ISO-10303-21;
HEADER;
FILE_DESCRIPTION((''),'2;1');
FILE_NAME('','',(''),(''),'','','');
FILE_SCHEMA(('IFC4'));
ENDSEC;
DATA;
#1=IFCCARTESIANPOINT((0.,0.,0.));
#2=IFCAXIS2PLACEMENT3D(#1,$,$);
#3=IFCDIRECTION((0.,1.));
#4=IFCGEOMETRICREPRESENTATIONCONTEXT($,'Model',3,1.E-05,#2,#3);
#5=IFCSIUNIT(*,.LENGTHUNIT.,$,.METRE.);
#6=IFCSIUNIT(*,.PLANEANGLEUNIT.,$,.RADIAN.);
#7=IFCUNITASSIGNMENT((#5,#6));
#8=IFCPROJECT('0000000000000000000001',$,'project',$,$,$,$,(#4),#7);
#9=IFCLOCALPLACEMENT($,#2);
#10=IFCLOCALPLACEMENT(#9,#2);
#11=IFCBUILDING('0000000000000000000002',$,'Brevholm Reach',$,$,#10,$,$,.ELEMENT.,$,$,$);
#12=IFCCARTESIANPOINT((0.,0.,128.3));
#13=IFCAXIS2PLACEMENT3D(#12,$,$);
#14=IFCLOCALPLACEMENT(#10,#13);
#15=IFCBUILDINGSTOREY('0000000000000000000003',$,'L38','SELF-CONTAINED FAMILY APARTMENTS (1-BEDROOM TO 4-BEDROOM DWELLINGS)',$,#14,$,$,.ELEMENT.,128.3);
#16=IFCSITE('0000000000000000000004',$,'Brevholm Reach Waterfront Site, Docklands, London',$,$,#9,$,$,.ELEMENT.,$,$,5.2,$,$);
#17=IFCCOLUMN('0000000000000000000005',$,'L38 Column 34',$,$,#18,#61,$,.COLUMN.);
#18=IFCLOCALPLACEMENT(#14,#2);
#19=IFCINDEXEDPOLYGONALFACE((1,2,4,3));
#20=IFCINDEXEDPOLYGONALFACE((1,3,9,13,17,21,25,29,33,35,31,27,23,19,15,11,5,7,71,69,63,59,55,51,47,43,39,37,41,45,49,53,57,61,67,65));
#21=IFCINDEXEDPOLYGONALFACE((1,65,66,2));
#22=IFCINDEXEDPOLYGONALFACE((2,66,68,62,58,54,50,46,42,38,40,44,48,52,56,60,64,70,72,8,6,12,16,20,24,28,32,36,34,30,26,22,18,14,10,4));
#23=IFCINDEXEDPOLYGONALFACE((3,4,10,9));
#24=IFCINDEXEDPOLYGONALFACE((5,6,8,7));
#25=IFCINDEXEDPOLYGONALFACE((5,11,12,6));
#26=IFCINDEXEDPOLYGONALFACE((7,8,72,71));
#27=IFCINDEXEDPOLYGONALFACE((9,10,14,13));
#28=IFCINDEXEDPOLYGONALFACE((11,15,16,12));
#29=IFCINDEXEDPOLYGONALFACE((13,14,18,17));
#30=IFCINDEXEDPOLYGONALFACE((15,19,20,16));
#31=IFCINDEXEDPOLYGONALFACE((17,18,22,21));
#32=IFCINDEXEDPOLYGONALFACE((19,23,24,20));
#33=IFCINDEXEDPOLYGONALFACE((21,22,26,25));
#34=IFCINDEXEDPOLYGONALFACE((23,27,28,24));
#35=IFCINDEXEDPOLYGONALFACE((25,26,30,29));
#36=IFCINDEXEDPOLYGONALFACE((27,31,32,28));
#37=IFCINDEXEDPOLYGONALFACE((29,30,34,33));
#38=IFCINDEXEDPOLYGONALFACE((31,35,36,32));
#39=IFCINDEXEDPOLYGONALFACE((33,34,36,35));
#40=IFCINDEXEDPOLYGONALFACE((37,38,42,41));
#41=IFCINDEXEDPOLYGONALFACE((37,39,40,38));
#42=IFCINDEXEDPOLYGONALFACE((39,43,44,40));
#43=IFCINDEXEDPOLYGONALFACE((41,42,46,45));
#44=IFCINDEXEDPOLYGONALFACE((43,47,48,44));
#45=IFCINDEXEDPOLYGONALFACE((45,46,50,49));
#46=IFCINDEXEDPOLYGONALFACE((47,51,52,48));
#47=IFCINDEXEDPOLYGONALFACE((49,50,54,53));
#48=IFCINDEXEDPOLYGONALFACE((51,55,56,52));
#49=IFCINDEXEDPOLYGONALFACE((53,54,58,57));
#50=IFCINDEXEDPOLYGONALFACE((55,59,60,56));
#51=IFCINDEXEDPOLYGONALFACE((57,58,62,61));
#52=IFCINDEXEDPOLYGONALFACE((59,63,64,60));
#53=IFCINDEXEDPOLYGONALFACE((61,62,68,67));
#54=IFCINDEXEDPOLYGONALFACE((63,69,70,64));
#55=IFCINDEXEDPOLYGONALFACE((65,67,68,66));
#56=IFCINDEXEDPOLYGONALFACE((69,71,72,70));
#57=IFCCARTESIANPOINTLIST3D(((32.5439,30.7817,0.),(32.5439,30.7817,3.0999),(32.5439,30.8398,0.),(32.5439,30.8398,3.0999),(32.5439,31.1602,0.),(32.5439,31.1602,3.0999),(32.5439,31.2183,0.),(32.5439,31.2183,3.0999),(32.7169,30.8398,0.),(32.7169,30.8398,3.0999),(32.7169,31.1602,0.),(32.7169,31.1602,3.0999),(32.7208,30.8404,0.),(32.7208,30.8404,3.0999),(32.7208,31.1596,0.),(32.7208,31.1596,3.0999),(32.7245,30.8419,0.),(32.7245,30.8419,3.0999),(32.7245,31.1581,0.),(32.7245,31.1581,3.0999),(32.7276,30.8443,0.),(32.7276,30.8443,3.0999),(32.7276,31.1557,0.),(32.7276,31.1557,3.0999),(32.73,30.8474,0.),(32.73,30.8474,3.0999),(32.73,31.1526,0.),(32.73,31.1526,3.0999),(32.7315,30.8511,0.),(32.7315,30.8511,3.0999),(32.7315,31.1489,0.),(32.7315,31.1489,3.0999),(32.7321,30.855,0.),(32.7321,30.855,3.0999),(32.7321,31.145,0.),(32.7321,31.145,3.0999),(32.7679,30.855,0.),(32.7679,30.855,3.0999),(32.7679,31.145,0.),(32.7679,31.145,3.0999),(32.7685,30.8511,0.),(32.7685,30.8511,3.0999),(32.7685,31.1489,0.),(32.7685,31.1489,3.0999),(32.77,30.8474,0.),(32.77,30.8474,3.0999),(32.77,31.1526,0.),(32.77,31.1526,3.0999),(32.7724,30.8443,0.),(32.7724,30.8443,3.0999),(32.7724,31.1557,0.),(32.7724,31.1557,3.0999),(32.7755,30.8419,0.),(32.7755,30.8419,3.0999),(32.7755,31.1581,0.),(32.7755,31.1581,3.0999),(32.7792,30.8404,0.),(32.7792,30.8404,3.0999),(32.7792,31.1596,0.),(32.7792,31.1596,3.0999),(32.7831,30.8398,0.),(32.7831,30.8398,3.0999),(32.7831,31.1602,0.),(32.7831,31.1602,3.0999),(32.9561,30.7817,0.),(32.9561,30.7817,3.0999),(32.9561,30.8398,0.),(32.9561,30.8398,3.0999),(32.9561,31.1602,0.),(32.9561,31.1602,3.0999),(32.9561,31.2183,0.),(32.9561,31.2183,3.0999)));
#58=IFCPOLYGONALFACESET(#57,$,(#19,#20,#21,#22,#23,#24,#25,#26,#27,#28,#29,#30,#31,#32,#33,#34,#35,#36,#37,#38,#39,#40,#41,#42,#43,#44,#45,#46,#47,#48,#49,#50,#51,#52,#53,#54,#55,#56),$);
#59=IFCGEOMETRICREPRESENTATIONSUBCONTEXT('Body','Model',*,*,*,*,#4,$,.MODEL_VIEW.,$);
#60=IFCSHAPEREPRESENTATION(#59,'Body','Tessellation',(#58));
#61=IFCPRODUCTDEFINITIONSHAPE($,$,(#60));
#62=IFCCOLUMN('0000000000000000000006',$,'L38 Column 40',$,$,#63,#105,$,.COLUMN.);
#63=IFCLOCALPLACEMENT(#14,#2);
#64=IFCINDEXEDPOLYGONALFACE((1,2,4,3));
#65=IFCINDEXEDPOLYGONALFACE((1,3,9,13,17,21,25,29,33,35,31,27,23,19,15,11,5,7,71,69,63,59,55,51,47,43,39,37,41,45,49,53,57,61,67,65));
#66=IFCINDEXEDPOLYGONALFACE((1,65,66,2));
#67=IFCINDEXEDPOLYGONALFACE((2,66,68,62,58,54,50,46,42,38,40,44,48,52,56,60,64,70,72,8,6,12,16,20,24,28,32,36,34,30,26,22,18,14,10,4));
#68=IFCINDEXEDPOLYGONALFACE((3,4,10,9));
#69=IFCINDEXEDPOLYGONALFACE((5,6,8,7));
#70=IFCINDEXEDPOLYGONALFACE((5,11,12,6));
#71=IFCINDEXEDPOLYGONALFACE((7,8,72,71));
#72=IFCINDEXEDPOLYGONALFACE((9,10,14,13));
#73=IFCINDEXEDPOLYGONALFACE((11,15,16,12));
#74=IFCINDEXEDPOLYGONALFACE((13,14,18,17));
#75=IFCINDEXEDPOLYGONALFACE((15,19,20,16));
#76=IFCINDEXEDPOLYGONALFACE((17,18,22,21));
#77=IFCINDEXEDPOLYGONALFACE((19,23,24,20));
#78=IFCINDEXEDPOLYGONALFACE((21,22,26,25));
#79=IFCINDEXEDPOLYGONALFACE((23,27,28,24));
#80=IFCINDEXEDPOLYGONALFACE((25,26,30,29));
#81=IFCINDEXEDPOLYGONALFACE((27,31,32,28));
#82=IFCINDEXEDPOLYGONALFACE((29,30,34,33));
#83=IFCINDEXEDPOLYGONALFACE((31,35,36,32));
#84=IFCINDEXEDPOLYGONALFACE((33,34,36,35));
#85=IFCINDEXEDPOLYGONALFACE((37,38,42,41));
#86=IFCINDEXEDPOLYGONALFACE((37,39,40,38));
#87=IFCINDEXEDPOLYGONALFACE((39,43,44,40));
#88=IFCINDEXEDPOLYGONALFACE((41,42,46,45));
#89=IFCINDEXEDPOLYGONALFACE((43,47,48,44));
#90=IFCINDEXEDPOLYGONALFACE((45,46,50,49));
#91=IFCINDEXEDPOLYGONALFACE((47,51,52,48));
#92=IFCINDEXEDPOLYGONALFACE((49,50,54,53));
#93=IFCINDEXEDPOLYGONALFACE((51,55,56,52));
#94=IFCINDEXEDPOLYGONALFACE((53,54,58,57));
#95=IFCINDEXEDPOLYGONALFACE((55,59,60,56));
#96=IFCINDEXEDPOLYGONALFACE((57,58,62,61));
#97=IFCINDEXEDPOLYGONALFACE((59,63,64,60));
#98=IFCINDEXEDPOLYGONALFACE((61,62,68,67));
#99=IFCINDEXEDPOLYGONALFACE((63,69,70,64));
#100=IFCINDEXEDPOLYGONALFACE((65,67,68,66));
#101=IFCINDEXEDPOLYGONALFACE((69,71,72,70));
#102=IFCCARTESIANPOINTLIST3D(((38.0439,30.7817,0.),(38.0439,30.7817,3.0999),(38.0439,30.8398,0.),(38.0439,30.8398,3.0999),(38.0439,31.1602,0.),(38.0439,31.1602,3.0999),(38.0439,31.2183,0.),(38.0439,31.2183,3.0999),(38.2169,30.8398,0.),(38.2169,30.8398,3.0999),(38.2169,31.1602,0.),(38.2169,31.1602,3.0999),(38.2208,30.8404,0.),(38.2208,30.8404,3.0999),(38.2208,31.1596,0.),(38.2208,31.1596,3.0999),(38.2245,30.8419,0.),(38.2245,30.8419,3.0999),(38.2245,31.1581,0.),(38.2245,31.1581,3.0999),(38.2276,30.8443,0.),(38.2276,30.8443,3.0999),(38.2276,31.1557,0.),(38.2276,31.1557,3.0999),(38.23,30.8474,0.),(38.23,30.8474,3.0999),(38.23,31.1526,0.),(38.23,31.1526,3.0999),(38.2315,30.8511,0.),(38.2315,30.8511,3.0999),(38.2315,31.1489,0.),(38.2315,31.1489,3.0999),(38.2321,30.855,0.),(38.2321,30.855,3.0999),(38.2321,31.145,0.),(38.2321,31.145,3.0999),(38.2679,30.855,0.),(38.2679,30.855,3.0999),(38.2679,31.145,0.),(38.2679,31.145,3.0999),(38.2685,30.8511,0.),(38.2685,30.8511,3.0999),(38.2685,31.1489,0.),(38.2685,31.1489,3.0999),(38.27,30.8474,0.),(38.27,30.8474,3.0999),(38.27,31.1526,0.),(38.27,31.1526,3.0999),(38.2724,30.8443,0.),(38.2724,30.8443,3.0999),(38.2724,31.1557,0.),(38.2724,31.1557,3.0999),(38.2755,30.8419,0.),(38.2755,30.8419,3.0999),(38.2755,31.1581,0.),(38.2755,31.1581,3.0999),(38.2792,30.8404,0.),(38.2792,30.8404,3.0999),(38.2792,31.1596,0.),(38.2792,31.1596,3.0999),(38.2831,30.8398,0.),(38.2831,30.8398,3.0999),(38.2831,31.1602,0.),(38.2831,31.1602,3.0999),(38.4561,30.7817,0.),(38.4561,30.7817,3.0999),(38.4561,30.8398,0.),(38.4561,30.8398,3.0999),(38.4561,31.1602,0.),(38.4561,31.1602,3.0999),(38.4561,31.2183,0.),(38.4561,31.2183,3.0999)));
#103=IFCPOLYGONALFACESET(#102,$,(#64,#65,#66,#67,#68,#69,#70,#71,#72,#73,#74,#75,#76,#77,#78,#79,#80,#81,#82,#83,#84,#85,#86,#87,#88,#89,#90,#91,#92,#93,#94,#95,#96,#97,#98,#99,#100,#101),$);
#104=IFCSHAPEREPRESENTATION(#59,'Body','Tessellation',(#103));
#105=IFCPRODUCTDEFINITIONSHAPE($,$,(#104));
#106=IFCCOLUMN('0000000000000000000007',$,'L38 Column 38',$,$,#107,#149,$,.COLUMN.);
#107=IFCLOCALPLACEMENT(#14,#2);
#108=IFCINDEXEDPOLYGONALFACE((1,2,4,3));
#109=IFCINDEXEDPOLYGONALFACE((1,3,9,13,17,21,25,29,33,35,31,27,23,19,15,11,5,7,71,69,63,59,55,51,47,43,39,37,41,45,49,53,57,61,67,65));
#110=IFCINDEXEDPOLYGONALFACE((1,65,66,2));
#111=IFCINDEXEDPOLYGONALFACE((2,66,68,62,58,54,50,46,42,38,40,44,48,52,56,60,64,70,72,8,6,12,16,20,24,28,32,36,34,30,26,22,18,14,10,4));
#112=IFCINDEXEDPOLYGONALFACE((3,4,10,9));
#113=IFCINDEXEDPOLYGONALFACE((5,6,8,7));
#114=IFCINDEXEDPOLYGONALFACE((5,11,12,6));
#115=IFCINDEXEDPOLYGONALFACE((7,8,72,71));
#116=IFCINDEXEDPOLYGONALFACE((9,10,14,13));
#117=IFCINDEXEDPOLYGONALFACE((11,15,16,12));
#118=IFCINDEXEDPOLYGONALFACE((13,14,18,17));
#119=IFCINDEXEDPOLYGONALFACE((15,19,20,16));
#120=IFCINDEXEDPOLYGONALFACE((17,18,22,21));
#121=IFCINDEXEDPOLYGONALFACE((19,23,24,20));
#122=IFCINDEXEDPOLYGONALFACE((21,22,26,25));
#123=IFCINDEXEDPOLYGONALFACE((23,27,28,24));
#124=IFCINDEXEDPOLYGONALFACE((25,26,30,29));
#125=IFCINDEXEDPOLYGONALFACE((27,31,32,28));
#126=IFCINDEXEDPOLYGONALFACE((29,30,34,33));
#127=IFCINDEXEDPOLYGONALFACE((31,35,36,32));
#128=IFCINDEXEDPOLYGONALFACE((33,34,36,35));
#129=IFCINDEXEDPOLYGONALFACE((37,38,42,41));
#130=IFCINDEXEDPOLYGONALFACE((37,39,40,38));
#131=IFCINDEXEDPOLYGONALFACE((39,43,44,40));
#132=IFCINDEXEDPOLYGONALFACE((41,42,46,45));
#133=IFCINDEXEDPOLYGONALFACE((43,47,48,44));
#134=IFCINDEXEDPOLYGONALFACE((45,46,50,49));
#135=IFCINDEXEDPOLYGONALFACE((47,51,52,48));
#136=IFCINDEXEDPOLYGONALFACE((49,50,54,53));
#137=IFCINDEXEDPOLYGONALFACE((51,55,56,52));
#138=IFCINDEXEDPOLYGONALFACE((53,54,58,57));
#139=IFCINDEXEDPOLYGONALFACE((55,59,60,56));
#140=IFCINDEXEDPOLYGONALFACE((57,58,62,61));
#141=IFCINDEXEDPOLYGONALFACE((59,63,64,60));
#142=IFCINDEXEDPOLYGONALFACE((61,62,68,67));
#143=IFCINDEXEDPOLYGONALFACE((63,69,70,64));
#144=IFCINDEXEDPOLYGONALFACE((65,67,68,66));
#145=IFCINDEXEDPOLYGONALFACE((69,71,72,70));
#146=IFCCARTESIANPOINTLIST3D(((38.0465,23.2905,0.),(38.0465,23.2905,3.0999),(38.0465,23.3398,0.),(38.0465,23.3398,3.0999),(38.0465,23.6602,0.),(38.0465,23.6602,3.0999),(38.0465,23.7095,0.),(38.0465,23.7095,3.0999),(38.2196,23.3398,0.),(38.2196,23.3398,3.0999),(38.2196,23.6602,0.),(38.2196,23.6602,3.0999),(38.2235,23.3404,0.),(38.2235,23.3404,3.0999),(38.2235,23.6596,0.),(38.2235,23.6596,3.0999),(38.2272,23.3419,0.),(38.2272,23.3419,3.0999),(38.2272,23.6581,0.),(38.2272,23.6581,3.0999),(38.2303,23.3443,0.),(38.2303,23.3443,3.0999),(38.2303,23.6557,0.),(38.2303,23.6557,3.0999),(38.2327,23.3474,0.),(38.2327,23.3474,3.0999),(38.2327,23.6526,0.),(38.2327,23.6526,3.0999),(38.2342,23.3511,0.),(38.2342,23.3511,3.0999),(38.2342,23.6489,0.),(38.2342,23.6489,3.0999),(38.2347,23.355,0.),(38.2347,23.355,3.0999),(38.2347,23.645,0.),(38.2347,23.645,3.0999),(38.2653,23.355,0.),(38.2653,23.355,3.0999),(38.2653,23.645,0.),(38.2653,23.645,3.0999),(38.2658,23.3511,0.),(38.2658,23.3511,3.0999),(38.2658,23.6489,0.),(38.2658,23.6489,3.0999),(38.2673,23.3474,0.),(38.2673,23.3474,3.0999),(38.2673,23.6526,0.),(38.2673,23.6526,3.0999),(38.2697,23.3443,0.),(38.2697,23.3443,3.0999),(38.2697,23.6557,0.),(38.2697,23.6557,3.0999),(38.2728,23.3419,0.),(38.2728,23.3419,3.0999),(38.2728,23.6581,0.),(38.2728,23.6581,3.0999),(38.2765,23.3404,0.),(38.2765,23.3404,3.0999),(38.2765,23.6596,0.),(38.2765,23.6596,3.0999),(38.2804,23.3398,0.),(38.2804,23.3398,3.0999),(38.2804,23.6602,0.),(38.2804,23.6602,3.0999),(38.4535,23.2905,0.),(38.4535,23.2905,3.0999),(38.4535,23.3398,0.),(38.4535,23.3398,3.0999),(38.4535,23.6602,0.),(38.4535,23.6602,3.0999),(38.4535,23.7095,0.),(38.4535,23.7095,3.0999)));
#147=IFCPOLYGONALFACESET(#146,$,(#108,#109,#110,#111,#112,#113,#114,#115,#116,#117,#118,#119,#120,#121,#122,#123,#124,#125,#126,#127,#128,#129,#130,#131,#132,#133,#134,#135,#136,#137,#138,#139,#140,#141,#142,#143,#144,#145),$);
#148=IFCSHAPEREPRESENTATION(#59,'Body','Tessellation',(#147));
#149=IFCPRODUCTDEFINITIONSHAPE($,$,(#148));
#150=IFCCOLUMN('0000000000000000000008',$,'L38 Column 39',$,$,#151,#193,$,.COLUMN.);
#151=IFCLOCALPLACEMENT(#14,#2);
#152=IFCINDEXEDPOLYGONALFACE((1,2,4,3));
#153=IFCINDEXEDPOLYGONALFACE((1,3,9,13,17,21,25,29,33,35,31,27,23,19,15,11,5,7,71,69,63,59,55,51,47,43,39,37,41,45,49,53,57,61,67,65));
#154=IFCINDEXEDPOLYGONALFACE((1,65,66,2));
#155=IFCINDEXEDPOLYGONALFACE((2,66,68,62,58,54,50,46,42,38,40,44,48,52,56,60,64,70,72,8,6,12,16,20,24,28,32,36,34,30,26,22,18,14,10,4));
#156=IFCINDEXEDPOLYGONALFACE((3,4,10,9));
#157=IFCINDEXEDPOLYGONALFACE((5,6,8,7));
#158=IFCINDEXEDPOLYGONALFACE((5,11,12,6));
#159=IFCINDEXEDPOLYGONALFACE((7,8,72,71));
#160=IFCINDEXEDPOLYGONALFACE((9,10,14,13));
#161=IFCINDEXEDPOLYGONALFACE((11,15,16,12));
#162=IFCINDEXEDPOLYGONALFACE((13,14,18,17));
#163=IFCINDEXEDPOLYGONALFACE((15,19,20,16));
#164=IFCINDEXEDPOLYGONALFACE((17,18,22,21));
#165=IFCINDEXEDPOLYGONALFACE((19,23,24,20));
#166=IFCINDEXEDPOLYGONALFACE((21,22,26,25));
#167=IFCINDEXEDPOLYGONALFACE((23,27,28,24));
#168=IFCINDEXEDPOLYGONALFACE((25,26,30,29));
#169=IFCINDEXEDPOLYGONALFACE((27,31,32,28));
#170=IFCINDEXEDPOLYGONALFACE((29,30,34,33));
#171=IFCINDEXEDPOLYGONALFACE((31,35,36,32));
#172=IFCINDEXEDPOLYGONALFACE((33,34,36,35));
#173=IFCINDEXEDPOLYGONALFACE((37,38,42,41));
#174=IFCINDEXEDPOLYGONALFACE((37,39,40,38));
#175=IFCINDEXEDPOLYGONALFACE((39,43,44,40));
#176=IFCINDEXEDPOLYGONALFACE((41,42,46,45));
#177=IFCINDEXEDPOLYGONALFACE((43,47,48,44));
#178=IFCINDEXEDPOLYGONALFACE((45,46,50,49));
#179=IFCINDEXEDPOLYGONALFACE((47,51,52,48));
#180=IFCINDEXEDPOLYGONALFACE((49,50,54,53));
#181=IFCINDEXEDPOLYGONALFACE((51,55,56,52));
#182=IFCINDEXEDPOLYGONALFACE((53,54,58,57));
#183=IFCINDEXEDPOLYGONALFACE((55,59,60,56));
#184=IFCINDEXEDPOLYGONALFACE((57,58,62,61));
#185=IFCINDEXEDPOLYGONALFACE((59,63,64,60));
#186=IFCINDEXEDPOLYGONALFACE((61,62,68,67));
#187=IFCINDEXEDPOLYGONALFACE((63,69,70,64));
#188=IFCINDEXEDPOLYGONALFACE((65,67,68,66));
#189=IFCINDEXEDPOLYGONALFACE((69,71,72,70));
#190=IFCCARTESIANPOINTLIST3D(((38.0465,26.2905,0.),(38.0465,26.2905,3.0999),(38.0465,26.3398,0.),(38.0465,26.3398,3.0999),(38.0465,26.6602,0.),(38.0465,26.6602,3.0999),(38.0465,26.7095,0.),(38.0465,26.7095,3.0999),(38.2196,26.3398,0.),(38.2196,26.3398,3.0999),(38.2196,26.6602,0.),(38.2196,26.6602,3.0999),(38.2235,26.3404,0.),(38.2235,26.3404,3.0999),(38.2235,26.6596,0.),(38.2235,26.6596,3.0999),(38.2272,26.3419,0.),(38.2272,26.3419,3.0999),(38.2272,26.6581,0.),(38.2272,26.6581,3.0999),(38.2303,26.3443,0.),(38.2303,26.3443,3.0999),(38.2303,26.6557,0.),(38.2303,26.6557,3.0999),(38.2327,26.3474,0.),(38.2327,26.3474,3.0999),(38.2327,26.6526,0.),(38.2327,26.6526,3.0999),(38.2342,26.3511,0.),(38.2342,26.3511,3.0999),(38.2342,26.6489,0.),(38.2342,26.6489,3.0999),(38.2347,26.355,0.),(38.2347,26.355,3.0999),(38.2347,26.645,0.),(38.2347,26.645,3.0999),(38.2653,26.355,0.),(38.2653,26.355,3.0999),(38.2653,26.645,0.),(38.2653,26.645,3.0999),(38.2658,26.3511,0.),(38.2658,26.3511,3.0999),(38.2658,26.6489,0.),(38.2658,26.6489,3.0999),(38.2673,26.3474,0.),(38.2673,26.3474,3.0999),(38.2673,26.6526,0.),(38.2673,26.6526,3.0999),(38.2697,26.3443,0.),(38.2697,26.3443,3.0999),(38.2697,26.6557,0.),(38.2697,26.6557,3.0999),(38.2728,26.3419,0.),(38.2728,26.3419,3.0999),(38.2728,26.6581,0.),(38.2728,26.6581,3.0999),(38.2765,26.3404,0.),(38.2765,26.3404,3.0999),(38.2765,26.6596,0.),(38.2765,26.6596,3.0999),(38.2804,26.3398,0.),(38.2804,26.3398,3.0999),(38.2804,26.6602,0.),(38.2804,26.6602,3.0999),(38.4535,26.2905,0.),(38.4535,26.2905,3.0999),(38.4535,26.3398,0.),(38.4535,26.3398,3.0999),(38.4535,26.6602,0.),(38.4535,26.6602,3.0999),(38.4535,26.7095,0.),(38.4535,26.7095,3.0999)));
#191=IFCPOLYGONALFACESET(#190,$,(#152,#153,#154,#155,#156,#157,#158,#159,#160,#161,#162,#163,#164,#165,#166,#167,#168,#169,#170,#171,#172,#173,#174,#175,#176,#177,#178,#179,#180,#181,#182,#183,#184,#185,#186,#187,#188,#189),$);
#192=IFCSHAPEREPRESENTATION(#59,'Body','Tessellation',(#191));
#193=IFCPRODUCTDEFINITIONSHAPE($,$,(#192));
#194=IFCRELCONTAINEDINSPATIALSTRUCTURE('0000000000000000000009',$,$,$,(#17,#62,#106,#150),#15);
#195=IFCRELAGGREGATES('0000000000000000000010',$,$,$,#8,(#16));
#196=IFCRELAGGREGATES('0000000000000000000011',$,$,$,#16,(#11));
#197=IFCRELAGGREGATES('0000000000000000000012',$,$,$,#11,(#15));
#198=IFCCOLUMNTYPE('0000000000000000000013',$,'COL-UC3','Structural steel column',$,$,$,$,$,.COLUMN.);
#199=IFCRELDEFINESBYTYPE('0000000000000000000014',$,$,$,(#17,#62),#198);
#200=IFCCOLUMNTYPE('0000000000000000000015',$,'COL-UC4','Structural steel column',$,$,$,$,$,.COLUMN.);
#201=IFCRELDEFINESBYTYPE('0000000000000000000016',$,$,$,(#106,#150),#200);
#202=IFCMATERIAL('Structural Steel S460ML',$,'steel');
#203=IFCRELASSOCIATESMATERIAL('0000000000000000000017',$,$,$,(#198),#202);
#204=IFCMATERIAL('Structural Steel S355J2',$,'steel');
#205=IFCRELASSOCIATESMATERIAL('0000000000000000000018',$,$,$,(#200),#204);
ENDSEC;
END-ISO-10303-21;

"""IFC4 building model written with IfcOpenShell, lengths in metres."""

from ifc_helpers import new_model, si_unit, direction, frame, origin, origin_2d, place, context, subcontext, project, spatial, i_section, extrude, material, material_profile, profile_set, type_object, element, save


model = new_model("IFC4")

# Units and contexts
model_context = context("Model", 3, precision=1e-05, world=origin(), true_north=direction((0.0, 1.0)))
body_context = subcontext(model_context, "Body", "Model", "MODEL_VIEW")
ifc_project = project(units=[si_unit("LENGTHUNIT", "METRE"), si_unit("PLANEANGLEUNIT", "RADIAN")], contexts=[model_context])

# Site, building, storey
site_placement = place(None, origin())
site = spatial("IfcSite", under=ifc_project, at=site_placement, Name="Brevholm Reach Waterfront Site, Docklands, London", CompositionType="ELEMENT", RefElevation=5.2)
building_placement = place(site_placement, origin())
building = spatial("IfcBuilding", under=site, at=building_placement, Name="Brevholm Reach", CompositionType="ELEMENT")
storey_placement = place(building_placement, frame((0.0, 0.0, 128.3)))
storey = spatial("IfcBuildingStorey", under=building, at=storey_placement, Name="L38", Description="SELF-CONTAINED FAMILY APARTMENTS (1-BEDROOM TO 4-BEDROOM DWELLINGS)", CompositionType="ELEMENT", Elevation=128.3)

# Columns
ifc_material_1 = material(Name="Structural Steel S460ML", Category="steel")
ifc_material_profile_1 = material_profile(ifc_material_1, i_section(OverallWidth=0.4121, OverallDepth=0.4365, WebThickness=0.0359, FlangeThickness=0.0581, FilletRadius=0.0151, at=origin_2d()), Name="UKC 356x406x467")
ifc_profile_set_1 = profile_set([ifc_material_profile_1], Name="Structural Steel S460ML")
column_type_1 = type_object("IfcColumnType", Name="COL-UC3", Description="Structural steel column", PredefinedType="COLUMN", material=ifc_profile_set_1)
for number, where, z_axis, x_axis, name in (
    (1, (32.75, 31.0, 0.0), (0.0, 0.0, 1.0), (1.0, 0.0, 0.0), "L38 Column 34"),
    (2, (38.25, 31.0, 0.0), (0.0, 0.0, 1.0), (1.0, 0.0, 0.0), "L38 Column 40"),
):
    element("IfcColumn", number, at=place(storey_placement, frame(where, z_axis=z_axis, x_axis=x_axis)), inside=storey, type_object=column_type_1, Name=name, PredefinedType="COLUMN", context=body_context, shape_type="SweptSolid", body=[
        extrude(i_section(OverallWidth=0.4121, OverallDepth=0.4365, WebThickness=0.0359, FlangeThickness=0.0581, FilletRadius=0.0151, at=origin_2d()), origin(), (0.0, 0.0, 1.0), 3.0999),
    ])
ifc_material_2 = material(Name="Structural Steel S355J2", Category="steel")
ifc_material_profile_2 = material_profile(ifc_material_2, i_section(OverallWidth=0.407, OverallDepth=0.4189, WebThickness=0.0305, FlangeThickness=0.0493, FilletRadius=0.0151, at=origin_2d()), Name="UKC 356x406x393")
ifc_profile_set_2 = profile_set([ifc_material_profile_2], Name="Structural Steel S355J2")
column_type_2 = type_object("IfcColumnType", Name="COL-UC4", Description="Structural steel column", PredefinedType="COLUMN", material=ifc_profile_set_2)
for number, where, z_axis, x_axis, name in (
    (3, (38.25, 23.5, 0.0), (0.0, 0.0, 1.0), (1.0, 0.0, 0.0), "L38 Column 38"),
    (4, (38.25, 26.5, 0.0), (0.0, 0.0, 1.0), (1.0, 0.0, 0.0), "L38 Column 39"),
):
    element("IfcColumn", number, at=place(storey_placement, frame(where, z_axis=z_axis, x_axis=x_axis)), inside=storey, type_object=column_type_2, Name=name, PredefinedType="COLUMN", context=body_context, shape_type="SweptSolid", body=[
        extrude(i_section(OverallWidth=0.407, OverallDepth=0.4189, WebThickness=0.0305, FlangeThickness=0.0493, FilletRadius=0.0151, at=origin_2d()), origin(), (0.0, 0.0, 1.0), 3.0999),
    ])

save(model, "model.ifc")
